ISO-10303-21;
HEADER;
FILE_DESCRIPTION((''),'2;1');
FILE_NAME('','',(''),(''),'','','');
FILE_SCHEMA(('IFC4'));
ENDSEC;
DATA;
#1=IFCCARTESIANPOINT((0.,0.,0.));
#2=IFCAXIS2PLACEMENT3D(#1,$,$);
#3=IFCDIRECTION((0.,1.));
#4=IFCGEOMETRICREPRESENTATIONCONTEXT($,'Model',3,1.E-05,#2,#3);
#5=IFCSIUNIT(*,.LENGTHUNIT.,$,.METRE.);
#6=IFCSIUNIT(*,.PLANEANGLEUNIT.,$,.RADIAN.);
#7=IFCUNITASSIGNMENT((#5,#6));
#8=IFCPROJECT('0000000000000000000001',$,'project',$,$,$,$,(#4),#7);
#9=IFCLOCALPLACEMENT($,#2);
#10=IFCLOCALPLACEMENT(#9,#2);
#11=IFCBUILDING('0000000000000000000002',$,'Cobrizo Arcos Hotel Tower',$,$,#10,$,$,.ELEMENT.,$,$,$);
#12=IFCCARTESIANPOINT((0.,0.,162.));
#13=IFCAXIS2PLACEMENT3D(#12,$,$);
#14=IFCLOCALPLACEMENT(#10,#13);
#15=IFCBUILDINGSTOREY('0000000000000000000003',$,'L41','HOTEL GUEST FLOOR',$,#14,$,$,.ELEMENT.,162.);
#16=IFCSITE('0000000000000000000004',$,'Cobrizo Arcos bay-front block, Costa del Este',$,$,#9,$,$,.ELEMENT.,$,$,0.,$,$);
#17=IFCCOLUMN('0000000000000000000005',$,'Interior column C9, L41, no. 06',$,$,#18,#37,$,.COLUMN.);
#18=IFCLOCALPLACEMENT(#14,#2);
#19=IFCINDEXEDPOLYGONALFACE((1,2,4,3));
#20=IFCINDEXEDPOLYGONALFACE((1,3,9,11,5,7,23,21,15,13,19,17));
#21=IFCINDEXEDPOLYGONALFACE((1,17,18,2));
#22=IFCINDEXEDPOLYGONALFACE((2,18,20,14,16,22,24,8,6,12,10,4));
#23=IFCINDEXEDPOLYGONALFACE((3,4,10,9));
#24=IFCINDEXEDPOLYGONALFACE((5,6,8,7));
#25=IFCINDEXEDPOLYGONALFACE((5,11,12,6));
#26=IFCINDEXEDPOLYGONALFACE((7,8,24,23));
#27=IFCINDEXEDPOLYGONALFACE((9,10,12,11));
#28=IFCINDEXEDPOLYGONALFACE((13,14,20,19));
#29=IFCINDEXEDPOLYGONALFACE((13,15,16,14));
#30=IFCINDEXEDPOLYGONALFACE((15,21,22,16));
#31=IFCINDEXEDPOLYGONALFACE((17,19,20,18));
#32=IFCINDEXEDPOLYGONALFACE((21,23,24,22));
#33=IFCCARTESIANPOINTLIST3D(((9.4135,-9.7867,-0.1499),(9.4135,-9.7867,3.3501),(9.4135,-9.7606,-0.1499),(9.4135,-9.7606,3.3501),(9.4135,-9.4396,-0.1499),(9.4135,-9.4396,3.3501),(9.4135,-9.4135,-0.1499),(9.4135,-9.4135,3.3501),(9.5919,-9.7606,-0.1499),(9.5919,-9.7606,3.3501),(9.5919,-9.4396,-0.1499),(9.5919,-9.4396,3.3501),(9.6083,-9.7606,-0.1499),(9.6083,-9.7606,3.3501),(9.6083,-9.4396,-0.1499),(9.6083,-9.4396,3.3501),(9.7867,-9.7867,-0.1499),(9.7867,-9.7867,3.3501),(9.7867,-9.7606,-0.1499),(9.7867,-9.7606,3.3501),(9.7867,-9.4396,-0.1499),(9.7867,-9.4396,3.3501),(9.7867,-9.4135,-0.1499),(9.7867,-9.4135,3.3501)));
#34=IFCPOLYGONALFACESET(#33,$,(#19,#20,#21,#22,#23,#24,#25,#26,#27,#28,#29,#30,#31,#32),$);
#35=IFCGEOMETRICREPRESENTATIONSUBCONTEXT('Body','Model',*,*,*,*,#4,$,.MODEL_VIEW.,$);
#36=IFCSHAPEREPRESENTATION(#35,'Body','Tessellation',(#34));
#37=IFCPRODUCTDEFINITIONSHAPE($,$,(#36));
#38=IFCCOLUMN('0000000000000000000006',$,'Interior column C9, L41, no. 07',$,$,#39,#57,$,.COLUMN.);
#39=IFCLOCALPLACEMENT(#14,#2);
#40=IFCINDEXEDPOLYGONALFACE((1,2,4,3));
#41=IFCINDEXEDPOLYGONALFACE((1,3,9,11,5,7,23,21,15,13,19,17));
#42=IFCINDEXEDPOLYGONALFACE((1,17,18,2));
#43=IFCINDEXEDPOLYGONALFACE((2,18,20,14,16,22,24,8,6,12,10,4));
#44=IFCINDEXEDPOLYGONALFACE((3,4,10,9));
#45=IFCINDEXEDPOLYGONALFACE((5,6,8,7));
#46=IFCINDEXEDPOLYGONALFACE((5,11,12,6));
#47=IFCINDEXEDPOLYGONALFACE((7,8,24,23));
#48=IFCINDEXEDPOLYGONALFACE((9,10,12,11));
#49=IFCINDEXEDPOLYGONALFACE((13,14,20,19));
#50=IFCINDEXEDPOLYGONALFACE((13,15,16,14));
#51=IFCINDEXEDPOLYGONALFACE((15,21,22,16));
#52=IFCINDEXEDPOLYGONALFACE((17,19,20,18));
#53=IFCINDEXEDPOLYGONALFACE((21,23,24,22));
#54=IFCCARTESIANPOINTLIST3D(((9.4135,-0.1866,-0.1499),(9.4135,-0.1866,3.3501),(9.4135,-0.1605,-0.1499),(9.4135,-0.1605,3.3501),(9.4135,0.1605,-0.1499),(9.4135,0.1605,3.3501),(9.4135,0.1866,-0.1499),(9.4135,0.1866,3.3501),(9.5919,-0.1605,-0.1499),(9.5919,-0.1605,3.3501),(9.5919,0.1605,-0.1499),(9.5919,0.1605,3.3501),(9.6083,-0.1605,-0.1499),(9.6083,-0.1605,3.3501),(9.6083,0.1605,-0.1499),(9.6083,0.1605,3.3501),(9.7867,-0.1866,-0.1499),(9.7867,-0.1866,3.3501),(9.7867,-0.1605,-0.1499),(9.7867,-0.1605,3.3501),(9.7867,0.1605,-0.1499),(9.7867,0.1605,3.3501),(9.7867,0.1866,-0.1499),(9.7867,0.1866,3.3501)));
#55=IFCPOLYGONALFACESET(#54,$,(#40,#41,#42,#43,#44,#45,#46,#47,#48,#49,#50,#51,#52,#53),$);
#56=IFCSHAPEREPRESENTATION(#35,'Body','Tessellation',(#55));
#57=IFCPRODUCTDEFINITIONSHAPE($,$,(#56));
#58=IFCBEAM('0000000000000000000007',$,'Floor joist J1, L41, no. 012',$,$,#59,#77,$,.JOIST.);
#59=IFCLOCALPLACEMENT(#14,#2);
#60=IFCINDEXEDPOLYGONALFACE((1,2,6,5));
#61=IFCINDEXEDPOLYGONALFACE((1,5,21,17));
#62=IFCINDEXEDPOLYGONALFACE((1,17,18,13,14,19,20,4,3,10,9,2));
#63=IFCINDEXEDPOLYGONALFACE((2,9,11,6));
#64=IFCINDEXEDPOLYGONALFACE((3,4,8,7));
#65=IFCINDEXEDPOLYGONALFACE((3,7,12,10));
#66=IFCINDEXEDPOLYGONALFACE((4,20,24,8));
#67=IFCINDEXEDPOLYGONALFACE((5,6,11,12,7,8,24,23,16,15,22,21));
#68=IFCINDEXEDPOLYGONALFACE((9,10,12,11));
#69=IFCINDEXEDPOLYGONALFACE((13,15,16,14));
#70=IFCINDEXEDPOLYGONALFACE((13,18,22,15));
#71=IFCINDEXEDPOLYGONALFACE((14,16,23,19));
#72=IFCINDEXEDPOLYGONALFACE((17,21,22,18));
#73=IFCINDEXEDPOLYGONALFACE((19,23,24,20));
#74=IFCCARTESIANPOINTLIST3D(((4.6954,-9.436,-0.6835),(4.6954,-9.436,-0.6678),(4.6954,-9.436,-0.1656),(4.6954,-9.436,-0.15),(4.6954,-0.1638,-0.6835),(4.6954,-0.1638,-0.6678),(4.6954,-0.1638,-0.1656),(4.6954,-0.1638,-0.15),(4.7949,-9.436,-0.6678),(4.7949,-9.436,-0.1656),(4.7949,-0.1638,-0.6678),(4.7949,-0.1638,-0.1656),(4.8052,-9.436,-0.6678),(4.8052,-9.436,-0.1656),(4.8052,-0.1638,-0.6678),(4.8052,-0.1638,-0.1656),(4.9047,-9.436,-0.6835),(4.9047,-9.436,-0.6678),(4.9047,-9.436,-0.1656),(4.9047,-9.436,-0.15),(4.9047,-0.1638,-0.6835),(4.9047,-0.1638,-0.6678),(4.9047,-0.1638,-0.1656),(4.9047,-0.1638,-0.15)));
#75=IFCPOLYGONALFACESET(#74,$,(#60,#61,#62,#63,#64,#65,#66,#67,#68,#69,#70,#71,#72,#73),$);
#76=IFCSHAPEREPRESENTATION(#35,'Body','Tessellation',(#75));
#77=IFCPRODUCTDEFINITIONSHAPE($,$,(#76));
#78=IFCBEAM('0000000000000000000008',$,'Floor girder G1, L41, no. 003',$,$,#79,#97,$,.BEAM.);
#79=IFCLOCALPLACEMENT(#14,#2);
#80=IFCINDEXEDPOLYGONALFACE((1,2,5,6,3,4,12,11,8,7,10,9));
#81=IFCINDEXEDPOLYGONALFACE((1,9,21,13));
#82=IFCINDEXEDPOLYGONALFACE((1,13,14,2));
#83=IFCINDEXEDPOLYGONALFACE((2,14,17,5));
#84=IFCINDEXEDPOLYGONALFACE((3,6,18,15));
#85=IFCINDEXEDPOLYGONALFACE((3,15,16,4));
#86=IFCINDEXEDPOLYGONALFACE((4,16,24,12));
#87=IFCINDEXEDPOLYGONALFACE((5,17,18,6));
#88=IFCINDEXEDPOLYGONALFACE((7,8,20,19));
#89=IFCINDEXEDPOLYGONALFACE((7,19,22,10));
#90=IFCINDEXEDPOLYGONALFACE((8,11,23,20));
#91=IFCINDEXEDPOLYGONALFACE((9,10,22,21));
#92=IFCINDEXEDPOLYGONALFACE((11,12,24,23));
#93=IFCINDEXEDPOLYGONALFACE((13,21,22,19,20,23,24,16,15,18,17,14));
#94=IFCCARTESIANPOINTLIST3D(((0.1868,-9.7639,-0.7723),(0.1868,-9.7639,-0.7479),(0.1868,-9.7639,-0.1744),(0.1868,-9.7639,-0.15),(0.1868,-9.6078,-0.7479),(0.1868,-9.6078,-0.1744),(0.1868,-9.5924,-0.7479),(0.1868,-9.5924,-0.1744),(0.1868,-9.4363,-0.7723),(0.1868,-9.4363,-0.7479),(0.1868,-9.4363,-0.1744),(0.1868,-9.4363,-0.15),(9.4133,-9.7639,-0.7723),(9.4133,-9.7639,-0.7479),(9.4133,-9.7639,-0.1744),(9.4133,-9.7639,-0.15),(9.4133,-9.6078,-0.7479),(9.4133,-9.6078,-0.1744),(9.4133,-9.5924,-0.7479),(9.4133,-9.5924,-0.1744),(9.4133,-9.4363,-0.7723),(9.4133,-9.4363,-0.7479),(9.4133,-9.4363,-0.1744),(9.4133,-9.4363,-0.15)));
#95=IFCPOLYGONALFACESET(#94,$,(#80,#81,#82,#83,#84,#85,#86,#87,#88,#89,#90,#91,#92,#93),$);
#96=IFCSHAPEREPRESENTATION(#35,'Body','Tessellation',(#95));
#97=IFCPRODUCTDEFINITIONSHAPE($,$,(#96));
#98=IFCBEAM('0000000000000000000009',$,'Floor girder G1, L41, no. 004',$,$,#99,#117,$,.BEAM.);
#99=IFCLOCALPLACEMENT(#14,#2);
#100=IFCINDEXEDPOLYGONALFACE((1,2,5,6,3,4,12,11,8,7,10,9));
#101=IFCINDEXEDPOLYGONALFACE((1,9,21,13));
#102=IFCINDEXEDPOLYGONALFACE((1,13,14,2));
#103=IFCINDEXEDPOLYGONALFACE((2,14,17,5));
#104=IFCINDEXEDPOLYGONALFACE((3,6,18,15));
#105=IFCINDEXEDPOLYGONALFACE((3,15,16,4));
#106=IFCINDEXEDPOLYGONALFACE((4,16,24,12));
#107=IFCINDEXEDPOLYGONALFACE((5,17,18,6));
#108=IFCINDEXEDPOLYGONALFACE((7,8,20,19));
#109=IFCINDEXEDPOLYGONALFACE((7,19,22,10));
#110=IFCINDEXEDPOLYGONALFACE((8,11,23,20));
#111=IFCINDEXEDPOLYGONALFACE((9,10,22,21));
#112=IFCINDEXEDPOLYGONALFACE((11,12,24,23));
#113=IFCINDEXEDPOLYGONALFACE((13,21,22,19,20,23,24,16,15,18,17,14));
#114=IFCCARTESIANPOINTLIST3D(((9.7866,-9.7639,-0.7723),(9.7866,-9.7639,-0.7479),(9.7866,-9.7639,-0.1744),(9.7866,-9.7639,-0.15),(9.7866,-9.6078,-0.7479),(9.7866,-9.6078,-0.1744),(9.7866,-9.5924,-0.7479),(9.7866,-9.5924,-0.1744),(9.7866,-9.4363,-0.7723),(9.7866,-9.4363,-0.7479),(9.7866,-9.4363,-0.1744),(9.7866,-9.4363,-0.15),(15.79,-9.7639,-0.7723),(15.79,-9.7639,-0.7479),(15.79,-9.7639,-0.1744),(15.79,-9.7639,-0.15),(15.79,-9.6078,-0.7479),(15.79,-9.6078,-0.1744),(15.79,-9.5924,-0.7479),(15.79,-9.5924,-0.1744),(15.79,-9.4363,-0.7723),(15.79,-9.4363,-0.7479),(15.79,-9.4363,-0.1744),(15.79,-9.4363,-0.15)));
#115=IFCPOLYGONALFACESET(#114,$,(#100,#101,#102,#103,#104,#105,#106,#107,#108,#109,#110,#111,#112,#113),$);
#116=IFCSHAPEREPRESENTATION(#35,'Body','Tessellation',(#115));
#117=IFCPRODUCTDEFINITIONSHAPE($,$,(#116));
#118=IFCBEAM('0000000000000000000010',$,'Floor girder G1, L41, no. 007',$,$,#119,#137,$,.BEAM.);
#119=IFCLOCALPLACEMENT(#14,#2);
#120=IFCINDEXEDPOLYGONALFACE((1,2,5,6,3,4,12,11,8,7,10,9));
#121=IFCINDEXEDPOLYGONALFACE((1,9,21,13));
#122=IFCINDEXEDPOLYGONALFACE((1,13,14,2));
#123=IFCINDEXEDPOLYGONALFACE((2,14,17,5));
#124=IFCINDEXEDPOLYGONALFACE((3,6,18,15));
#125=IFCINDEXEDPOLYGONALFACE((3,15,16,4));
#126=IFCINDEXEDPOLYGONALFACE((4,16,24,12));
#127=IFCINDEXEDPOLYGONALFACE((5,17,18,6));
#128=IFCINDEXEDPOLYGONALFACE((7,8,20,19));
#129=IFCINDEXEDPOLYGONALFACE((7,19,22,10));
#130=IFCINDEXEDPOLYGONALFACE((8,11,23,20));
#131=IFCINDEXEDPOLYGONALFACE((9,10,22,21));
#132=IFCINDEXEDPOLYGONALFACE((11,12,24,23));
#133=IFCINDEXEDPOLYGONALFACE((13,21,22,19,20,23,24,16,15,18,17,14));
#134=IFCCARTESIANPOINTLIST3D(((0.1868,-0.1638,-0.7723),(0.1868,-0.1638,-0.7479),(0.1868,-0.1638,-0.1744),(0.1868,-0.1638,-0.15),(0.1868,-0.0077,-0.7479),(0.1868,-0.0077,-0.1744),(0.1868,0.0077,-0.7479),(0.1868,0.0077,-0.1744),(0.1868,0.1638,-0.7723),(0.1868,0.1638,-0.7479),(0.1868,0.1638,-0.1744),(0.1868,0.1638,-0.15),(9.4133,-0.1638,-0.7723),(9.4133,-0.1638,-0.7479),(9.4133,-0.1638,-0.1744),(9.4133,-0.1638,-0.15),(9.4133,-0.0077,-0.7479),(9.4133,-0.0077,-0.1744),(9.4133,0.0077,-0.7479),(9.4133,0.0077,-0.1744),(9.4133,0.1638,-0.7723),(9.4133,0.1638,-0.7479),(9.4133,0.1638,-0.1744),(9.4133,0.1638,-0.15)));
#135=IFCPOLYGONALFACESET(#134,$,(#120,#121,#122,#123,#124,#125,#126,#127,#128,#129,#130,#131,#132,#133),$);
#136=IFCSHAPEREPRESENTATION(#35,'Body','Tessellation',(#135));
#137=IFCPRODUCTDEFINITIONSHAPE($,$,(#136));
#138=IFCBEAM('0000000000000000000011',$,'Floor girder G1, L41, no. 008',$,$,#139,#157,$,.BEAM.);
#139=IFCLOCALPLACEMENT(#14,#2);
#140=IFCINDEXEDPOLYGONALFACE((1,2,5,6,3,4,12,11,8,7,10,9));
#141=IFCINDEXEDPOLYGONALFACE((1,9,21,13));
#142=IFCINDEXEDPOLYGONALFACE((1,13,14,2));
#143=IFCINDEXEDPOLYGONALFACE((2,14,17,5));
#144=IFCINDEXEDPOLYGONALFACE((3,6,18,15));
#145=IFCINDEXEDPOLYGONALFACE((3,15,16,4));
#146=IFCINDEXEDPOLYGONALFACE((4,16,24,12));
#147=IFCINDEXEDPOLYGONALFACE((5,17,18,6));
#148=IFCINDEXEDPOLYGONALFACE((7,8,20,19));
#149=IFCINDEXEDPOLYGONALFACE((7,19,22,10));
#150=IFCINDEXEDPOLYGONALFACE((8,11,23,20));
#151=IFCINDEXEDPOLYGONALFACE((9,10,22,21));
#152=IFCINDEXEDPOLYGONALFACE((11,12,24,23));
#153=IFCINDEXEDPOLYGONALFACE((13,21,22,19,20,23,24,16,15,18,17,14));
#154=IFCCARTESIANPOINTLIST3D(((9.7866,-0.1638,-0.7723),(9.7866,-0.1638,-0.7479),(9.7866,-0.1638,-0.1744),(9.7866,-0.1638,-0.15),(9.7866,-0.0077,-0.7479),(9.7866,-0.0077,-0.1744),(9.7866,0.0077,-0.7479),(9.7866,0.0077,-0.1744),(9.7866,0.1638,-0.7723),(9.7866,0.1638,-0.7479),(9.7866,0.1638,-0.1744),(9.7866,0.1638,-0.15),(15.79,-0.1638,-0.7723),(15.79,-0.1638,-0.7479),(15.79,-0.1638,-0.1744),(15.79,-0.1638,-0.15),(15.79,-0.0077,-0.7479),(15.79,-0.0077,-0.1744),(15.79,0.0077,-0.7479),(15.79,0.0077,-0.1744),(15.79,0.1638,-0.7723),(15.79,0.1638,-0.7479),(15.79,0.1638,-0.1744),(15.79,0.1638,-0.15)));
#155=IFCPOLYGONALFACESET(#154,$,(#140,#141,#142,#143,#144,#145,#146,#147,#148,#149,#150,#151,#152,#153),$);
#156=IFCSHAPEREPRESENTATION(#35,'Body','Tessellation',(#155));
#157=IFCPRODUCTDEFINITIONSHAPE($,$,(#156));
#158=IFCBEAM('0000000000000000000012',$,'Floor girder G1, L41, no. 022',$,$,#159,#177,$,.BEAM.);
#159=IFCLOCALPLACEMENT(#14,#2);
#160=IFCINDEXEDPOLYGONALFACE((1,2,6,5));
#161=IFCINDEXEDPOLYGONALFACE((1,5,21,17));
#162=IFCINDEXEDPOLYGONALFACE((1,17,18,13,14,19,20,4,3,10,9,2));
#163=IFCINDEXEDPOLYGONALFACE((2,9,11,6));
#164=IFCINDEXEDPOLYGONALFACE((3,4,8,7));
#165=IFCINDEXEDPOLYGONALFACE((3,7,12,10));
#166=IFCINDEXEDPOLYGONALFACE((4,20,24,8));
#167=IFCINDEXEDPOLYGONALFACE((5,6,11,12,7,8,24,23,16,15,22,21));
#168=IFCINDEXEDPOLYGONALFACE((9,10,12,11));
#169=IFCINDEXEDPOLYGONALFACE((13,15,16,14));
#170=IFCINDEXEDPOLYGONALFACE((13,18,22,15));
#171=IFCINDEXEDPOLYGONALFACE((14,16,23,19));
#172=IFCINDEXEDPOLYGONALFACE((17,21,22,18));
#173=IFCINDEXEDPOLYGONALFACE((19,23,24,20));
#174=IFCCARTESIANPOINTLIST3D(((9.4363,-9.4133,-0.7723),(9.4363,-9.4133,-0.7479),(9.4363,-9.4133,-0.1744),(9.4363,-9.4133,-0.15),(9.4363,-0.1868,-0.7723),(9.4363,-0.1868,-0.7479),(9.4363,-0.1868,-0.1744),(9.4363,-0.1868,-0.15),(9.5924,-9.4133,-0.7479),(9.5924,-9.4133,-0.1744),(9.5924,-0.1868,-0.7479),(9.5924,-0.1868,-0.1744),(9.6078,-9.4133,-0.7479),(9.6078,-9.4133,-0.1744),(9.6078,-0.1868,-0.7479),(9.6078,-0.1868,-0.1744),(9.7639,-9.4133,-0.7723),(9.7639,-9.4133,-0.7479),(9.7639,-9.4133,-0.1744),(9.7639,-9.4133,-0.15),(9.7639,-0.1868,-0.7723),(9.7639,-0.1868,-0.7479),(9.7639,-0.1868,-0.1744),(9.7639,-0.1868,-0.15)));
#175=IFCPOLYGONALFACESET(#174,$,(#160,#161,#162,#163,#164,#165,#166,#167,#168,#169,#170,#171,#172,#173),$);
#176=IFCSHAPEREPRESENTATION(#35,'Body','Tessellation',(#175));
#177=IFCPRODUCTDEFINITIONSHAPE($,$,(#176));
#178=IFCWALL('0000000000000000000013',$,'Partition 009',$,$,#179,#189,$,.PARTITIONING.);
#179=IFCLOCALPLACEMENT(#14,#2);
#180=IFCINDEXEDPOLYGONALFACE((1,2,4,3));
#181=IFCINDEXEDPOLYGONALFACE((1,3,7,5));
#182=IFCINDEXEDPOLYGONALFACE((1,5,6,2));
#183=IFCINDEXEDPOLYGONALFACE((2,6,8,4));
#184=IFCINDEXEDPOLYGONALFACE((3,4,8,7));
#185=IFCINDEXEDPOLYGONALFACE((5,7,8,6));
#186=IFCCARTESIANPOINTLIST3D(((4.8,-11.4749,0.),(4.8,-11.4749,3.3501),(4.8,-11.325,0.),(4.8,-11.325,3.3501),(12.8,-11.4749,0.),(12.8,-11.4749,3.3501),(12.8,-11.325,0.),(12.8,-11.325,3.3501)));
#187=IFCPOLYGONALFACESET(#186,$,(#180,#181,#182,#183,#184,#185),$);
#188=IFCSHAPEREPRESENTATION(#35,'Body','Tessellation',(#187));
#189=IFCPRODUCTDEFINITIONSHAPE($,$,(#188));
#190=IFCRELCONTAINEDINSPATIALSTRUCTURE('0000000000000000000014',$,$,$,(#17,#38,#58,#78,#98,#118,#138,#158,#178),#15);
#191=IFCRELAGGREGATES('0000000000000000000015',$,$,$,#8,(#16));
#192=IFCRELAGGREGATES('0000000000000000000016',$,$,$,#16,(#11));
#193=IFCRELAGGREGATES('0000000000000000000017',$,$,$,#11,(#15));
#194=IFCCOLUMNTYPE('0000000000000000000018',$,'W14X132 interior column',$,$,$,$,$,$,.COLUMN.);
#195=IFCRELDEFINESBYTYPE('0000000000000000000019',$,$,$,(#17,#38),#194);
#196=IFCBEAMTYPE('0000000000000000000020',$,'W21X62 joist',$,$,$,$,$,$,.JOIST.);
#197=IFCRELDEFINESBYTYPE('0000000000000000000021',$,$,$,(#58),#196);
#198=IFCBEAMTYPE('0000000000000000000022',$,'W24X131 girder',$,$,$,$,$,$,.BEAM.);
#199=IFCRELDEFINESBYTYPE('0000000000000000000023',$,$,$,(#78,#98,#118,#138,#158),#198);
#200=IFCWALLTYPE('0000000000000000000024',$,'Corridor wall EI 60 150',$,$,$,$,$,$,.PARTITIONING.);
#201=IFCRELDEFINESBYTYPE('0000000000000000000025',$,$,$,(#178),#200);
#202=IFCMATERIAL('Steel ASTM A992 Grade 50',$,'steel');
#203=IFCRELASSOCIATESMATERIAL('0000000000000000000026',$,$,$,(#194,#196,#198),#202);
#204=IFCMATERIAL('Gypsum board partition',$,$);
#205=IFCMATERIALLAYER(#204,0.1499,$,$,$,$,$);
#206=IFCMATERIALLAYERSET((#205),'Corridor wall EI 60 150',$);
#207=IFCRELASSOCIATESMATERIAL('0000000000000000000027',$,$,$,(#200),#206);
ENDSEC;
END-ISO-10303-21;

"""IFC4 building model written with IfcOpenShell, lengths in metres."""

from ifc_helpers import new_model, si_unit, direction, frame, frame_2d, origin, origin_2d, place, context, subcontext, project, spatial, rectangle, i_section, extrude, material, layer, layer_set, material_profile, profile_set, type_object, element, save


model = new_model("IFC4")

# Units and contexts
model_context = context("Model", 3, precision=1e-05, world=origin(), true_north=direction((0.0, 1.0)))
body_context = subcontext(model_context, "Body", "Model", "MODEL_VIEW")
ifc_project = project(units=[si_unit("LENGTHUNIT", "METRE"), si_unit("PLANEANGLEUNIT", "RADIAN")], contexts=[model_context])

# Site, building, storey
site_placement = place(None, origin())
site = spatial("IfcSite", under=ifc_project, at=site_placement, Name="Cobrizo Arcos bay-front block, Costa del Este", CompositionType="ELEMENT", RefElevation=0.0)
building_placement = place(site_placement, origin())
building = spatial("IfcBuilding", under=site, at=building_placement, Name="Cobrizo Arcos Hotel Tower", CompositionType="ELEMENT")
storey_placement = place(building_placement, frame((0.0, 0.0, 162.0)))
storey = spatial("IfcBuildingStorey", under=building, at=storey_placement, Name="L41", Description="HOTEL GUEST FLOOR", CompositionType="ELEMENT", Elevation=162.0)

# Columns
ifc_material_1 = material(Name="Steel ASTM A992 Grade 50", Category="steel")
ifc_material_profile_1 = material_profile(ifc_material_1, i_section(OverallWidth=0.3733, OverallDepth=0.3733, WebThickness=0.0164, FlangeThickness=0.0261, at=origin_2d()), Name="W14X132")
ifc_profile_set_1 = profile_set([ifc_material_profile_1], Name="Steel ASTM A992 Grade 50")
column_type = type_object("IfcColumnType", Name="W14X132 interior column", PredefinedType="COLUMN", material=ifc_profile_set_1)
for number, where, z_axis, x_axis, name in (
    (1, (9.6001, -9.6001, -0.1499), (0.0, 0.0, 1.0), (1.0, 0.0, 0.0), "Interior column C9, L41, no. 06"),
    (2, (9.6001, 0.0, -0.1499), (0.0, 0.0, 1.0), (1.0, 0.0, 0.0), "Interior column C9, L41, no. 07"),
):
    element("IfcColumn", number, at=place(storey_placement, frame(where, z_axis=z_axis, x_axis=x_axis)), inside=storey, type_object=column_type, Name=name, PredefinedType="COLUMN", context=body_context, shape_type="SweptSolid", body=[
        extrude(i_section(OverallWidth=0.3733, OverallDepth=0.3733, WebThickness=0.0164, FlangeThickness=0.0261, at=origin_2d()), origin(), (0.0, 0.0, 1.0), 3.5),
    ])

# Beams
ifc_material_profile_2 = material_profile(ifc_material_1, i_section(OverallWidth=0.2092, OverallDepth=0.5334, WebThickness=0.0103, FlangeThickness=0.0156, at=origin_2d()), Name="W21X62")
ifc_profile_set_2 = profile_set([ifc_material_profile_2], Name="Steel ASTM A992 Grade 50")
beam_type_1 = type_object("IfcBeamType", Name="W21X62 joist", PredefinedType="JOIST", material=ifc_profile_set_2)
beam_1_placement = place(storey_placement, frame((4.8, -9.436, -0.4167), z_axis=(0.0, 1.0, 0.0), x_axis=(-1.0, 0.0, 0.0)))
element("IfcBeam", 3, at=beam_1_placement, inside=storey, type_object=beam_type_1, Name="Floor joist J1, L41, no. 012", PredefinedType="JOIST", context=body_context, shape_type="SweptSolid", body=[
    extrude(i_section(OverallWidth=0.2092, OverallDepth=0.5334, WebThickness=0.0103, FlangeThickness=0.0156, at=origin_2d()), origin(), (0.0, 0.0, 1.0), 9.2722),
])
ifc_material_profile_3 = material_profile(ifc_material_1, i_section(OverallWidth=0.3276, OverallDepth=0.6223, WebThickness=0.0154, FlangeThickness=0.0244, at=origin_2d()), Name="W24X131")
ifc_profile_set_3 = profile_set([ifc_material_profile_3], Name="Steel ASTM A992 Grade 50")
beam_type_2 = type_object("IfcBeamType", Name="W24X131 girder", PredefinedType="BEAM", material=ifc_profile_set_3)
beam_2_placement = place(storey_placement, frame((0.1868, -9.6001, -0.4612), z_axis=(1.0, 0.0, 0.0), x_axis=(0.0, 1.0, 0.0)))
element("IfcBeam", 4, at=beam_2_placement, inside=storey, type_object=beam_type_2, Name="Floor girder G1, L41, no. 003", PredefinedType="BEAM", context=body_context, shape_type="SweptSolid", body=[
    extrude(i_section(OverallWidth=0.3276, OverallDepth=0.6223, WebThickness=0.0154, FlangeThickness=0.0244, at=origin_2d()), origin(), (0.0, 0.0, 1.0), 9.2266),
])
beam_3_placement = place(storey_placement, frame((9.7866, -9.6001, -0.4612), z_axis=(1.0, 0.0, 0.0), x_axis=(0.0, 1.0, 0.0)))
element("IfcBeam", 5, at=beam_3_placement, inside=storey, type_object=beam_type_2, Name="Floor girder G1, L41, no. 004", PredefinedType="BEAM", context=body_context, shape_type="SweptSolid", body=[
    extrude(i_section(OverallWidth=0.3276, OverallDepth=0.6223, WebThickness=0.0154, FlangeThickness=0.0244, at=origin_2d()), origin(), (0.0, 0.0, 1.0), 6.0034),
])
beam_4_placement = place(storey_placement, frame((0.1868, 0.0, -0.4612), z_axis=(1.0, 0.0, 0.0), x_axis=(0.0, 1.0, 0.0)))
element("IfcBeam", 6, at=beam_4_placement, inside=storey, type_object=beam_type_2, Name="Floor girder G1, L41, no. 007", PredefinedType="BEAM", context=body_context, shape_type="SweptSolid", body=[
    extrude(i_section(OverallWidth=0.3276, OverallDepth=0.6223, WebThickness=0.0154, FlangeThickness=0.0244, at=origin_2d()), origin(), (0.0, 0.0, 1.0), 9.2266),
])
beam_5_placement = place(storey_placement, frame((9.7866, 0.0, -0.4612), z_axis=(1.0, 0.0, 0.0), x_axis=(0.0, 1.0, 0.0)))
element("IfcBeam", 7, at=beam_5_placement, inside=storey, type_object=beam_type_2, Name="Floor girder G1, L41, no. 008", PredefinedType="BEAM", context=body_context, shape_type="SweptSolid", body=[
    extrude(i_section(OverallWidth=0.3276, OverallDepth=0.6223, WebThickness=0.0154, FlangeThickness=0.0244, at=origin_2d()), origin(), (0.0, 0.0, 1.0), 6.0034),
])
beam_6_placement = place(storey_placement, frame((9.6001, -9.4133, -0.4612), z_axis=(0.0, 1.0, 0.0), x_axis=(-1.0, 0.0, 0.0)))
element("IfcBeam", 8, at=beam_6_placement, inside=storey, type_object=beam_type_2, Name="Floor girder G1, L41, no. 022", PredefinedType="BEAM", context=body_context, shape_type="SweptSolid", body=[
    extrude(i_section(OverallWidth=0.3276, OverallDepth=0.6223, WebThickness=0.0154, FlangeThickness=0.0244, at=origin_2d()), origin(), (0.0, 0.0, 1.0), 9.2266),
])

# Wall
ifc_material_2 = material(Name="Gypsum board partition")
ifc_layer_1 = layer(ifc_material_2, 0.1499)
ifc_layer_set_1 = layer_set([ifc_layer_1], Name="Corridor wall EI 60 150")
wall_type_1 = type_object("IfcWallType", Name="Corridor wall EI 60 150", PredefinedType="PARTITIONING", material=ifc_layer_set_1)
wall_1_placement = place(storey_placement, frame((4.8, -11.3999, 0.0), z_axis=(0.0, 0.0, 1.0), x_axis=(1.0, 0.0, 0.0)))
element("IfcWall", 9, at=wall_1_placement, inside=storey, type_object=wall_type_1, Name="Partition 009", PredefinedType="PARTITIONING", context=body_context, shape_type="SweptSolid", body=[
    extrude(rectangle(XDim=8.0, YDim=0.1499, at=frame_2d((4.0, 0.0))), origin(), (0.0, 0.0, 1.0), 3.3501),
])

save(model, "model.ifc")
